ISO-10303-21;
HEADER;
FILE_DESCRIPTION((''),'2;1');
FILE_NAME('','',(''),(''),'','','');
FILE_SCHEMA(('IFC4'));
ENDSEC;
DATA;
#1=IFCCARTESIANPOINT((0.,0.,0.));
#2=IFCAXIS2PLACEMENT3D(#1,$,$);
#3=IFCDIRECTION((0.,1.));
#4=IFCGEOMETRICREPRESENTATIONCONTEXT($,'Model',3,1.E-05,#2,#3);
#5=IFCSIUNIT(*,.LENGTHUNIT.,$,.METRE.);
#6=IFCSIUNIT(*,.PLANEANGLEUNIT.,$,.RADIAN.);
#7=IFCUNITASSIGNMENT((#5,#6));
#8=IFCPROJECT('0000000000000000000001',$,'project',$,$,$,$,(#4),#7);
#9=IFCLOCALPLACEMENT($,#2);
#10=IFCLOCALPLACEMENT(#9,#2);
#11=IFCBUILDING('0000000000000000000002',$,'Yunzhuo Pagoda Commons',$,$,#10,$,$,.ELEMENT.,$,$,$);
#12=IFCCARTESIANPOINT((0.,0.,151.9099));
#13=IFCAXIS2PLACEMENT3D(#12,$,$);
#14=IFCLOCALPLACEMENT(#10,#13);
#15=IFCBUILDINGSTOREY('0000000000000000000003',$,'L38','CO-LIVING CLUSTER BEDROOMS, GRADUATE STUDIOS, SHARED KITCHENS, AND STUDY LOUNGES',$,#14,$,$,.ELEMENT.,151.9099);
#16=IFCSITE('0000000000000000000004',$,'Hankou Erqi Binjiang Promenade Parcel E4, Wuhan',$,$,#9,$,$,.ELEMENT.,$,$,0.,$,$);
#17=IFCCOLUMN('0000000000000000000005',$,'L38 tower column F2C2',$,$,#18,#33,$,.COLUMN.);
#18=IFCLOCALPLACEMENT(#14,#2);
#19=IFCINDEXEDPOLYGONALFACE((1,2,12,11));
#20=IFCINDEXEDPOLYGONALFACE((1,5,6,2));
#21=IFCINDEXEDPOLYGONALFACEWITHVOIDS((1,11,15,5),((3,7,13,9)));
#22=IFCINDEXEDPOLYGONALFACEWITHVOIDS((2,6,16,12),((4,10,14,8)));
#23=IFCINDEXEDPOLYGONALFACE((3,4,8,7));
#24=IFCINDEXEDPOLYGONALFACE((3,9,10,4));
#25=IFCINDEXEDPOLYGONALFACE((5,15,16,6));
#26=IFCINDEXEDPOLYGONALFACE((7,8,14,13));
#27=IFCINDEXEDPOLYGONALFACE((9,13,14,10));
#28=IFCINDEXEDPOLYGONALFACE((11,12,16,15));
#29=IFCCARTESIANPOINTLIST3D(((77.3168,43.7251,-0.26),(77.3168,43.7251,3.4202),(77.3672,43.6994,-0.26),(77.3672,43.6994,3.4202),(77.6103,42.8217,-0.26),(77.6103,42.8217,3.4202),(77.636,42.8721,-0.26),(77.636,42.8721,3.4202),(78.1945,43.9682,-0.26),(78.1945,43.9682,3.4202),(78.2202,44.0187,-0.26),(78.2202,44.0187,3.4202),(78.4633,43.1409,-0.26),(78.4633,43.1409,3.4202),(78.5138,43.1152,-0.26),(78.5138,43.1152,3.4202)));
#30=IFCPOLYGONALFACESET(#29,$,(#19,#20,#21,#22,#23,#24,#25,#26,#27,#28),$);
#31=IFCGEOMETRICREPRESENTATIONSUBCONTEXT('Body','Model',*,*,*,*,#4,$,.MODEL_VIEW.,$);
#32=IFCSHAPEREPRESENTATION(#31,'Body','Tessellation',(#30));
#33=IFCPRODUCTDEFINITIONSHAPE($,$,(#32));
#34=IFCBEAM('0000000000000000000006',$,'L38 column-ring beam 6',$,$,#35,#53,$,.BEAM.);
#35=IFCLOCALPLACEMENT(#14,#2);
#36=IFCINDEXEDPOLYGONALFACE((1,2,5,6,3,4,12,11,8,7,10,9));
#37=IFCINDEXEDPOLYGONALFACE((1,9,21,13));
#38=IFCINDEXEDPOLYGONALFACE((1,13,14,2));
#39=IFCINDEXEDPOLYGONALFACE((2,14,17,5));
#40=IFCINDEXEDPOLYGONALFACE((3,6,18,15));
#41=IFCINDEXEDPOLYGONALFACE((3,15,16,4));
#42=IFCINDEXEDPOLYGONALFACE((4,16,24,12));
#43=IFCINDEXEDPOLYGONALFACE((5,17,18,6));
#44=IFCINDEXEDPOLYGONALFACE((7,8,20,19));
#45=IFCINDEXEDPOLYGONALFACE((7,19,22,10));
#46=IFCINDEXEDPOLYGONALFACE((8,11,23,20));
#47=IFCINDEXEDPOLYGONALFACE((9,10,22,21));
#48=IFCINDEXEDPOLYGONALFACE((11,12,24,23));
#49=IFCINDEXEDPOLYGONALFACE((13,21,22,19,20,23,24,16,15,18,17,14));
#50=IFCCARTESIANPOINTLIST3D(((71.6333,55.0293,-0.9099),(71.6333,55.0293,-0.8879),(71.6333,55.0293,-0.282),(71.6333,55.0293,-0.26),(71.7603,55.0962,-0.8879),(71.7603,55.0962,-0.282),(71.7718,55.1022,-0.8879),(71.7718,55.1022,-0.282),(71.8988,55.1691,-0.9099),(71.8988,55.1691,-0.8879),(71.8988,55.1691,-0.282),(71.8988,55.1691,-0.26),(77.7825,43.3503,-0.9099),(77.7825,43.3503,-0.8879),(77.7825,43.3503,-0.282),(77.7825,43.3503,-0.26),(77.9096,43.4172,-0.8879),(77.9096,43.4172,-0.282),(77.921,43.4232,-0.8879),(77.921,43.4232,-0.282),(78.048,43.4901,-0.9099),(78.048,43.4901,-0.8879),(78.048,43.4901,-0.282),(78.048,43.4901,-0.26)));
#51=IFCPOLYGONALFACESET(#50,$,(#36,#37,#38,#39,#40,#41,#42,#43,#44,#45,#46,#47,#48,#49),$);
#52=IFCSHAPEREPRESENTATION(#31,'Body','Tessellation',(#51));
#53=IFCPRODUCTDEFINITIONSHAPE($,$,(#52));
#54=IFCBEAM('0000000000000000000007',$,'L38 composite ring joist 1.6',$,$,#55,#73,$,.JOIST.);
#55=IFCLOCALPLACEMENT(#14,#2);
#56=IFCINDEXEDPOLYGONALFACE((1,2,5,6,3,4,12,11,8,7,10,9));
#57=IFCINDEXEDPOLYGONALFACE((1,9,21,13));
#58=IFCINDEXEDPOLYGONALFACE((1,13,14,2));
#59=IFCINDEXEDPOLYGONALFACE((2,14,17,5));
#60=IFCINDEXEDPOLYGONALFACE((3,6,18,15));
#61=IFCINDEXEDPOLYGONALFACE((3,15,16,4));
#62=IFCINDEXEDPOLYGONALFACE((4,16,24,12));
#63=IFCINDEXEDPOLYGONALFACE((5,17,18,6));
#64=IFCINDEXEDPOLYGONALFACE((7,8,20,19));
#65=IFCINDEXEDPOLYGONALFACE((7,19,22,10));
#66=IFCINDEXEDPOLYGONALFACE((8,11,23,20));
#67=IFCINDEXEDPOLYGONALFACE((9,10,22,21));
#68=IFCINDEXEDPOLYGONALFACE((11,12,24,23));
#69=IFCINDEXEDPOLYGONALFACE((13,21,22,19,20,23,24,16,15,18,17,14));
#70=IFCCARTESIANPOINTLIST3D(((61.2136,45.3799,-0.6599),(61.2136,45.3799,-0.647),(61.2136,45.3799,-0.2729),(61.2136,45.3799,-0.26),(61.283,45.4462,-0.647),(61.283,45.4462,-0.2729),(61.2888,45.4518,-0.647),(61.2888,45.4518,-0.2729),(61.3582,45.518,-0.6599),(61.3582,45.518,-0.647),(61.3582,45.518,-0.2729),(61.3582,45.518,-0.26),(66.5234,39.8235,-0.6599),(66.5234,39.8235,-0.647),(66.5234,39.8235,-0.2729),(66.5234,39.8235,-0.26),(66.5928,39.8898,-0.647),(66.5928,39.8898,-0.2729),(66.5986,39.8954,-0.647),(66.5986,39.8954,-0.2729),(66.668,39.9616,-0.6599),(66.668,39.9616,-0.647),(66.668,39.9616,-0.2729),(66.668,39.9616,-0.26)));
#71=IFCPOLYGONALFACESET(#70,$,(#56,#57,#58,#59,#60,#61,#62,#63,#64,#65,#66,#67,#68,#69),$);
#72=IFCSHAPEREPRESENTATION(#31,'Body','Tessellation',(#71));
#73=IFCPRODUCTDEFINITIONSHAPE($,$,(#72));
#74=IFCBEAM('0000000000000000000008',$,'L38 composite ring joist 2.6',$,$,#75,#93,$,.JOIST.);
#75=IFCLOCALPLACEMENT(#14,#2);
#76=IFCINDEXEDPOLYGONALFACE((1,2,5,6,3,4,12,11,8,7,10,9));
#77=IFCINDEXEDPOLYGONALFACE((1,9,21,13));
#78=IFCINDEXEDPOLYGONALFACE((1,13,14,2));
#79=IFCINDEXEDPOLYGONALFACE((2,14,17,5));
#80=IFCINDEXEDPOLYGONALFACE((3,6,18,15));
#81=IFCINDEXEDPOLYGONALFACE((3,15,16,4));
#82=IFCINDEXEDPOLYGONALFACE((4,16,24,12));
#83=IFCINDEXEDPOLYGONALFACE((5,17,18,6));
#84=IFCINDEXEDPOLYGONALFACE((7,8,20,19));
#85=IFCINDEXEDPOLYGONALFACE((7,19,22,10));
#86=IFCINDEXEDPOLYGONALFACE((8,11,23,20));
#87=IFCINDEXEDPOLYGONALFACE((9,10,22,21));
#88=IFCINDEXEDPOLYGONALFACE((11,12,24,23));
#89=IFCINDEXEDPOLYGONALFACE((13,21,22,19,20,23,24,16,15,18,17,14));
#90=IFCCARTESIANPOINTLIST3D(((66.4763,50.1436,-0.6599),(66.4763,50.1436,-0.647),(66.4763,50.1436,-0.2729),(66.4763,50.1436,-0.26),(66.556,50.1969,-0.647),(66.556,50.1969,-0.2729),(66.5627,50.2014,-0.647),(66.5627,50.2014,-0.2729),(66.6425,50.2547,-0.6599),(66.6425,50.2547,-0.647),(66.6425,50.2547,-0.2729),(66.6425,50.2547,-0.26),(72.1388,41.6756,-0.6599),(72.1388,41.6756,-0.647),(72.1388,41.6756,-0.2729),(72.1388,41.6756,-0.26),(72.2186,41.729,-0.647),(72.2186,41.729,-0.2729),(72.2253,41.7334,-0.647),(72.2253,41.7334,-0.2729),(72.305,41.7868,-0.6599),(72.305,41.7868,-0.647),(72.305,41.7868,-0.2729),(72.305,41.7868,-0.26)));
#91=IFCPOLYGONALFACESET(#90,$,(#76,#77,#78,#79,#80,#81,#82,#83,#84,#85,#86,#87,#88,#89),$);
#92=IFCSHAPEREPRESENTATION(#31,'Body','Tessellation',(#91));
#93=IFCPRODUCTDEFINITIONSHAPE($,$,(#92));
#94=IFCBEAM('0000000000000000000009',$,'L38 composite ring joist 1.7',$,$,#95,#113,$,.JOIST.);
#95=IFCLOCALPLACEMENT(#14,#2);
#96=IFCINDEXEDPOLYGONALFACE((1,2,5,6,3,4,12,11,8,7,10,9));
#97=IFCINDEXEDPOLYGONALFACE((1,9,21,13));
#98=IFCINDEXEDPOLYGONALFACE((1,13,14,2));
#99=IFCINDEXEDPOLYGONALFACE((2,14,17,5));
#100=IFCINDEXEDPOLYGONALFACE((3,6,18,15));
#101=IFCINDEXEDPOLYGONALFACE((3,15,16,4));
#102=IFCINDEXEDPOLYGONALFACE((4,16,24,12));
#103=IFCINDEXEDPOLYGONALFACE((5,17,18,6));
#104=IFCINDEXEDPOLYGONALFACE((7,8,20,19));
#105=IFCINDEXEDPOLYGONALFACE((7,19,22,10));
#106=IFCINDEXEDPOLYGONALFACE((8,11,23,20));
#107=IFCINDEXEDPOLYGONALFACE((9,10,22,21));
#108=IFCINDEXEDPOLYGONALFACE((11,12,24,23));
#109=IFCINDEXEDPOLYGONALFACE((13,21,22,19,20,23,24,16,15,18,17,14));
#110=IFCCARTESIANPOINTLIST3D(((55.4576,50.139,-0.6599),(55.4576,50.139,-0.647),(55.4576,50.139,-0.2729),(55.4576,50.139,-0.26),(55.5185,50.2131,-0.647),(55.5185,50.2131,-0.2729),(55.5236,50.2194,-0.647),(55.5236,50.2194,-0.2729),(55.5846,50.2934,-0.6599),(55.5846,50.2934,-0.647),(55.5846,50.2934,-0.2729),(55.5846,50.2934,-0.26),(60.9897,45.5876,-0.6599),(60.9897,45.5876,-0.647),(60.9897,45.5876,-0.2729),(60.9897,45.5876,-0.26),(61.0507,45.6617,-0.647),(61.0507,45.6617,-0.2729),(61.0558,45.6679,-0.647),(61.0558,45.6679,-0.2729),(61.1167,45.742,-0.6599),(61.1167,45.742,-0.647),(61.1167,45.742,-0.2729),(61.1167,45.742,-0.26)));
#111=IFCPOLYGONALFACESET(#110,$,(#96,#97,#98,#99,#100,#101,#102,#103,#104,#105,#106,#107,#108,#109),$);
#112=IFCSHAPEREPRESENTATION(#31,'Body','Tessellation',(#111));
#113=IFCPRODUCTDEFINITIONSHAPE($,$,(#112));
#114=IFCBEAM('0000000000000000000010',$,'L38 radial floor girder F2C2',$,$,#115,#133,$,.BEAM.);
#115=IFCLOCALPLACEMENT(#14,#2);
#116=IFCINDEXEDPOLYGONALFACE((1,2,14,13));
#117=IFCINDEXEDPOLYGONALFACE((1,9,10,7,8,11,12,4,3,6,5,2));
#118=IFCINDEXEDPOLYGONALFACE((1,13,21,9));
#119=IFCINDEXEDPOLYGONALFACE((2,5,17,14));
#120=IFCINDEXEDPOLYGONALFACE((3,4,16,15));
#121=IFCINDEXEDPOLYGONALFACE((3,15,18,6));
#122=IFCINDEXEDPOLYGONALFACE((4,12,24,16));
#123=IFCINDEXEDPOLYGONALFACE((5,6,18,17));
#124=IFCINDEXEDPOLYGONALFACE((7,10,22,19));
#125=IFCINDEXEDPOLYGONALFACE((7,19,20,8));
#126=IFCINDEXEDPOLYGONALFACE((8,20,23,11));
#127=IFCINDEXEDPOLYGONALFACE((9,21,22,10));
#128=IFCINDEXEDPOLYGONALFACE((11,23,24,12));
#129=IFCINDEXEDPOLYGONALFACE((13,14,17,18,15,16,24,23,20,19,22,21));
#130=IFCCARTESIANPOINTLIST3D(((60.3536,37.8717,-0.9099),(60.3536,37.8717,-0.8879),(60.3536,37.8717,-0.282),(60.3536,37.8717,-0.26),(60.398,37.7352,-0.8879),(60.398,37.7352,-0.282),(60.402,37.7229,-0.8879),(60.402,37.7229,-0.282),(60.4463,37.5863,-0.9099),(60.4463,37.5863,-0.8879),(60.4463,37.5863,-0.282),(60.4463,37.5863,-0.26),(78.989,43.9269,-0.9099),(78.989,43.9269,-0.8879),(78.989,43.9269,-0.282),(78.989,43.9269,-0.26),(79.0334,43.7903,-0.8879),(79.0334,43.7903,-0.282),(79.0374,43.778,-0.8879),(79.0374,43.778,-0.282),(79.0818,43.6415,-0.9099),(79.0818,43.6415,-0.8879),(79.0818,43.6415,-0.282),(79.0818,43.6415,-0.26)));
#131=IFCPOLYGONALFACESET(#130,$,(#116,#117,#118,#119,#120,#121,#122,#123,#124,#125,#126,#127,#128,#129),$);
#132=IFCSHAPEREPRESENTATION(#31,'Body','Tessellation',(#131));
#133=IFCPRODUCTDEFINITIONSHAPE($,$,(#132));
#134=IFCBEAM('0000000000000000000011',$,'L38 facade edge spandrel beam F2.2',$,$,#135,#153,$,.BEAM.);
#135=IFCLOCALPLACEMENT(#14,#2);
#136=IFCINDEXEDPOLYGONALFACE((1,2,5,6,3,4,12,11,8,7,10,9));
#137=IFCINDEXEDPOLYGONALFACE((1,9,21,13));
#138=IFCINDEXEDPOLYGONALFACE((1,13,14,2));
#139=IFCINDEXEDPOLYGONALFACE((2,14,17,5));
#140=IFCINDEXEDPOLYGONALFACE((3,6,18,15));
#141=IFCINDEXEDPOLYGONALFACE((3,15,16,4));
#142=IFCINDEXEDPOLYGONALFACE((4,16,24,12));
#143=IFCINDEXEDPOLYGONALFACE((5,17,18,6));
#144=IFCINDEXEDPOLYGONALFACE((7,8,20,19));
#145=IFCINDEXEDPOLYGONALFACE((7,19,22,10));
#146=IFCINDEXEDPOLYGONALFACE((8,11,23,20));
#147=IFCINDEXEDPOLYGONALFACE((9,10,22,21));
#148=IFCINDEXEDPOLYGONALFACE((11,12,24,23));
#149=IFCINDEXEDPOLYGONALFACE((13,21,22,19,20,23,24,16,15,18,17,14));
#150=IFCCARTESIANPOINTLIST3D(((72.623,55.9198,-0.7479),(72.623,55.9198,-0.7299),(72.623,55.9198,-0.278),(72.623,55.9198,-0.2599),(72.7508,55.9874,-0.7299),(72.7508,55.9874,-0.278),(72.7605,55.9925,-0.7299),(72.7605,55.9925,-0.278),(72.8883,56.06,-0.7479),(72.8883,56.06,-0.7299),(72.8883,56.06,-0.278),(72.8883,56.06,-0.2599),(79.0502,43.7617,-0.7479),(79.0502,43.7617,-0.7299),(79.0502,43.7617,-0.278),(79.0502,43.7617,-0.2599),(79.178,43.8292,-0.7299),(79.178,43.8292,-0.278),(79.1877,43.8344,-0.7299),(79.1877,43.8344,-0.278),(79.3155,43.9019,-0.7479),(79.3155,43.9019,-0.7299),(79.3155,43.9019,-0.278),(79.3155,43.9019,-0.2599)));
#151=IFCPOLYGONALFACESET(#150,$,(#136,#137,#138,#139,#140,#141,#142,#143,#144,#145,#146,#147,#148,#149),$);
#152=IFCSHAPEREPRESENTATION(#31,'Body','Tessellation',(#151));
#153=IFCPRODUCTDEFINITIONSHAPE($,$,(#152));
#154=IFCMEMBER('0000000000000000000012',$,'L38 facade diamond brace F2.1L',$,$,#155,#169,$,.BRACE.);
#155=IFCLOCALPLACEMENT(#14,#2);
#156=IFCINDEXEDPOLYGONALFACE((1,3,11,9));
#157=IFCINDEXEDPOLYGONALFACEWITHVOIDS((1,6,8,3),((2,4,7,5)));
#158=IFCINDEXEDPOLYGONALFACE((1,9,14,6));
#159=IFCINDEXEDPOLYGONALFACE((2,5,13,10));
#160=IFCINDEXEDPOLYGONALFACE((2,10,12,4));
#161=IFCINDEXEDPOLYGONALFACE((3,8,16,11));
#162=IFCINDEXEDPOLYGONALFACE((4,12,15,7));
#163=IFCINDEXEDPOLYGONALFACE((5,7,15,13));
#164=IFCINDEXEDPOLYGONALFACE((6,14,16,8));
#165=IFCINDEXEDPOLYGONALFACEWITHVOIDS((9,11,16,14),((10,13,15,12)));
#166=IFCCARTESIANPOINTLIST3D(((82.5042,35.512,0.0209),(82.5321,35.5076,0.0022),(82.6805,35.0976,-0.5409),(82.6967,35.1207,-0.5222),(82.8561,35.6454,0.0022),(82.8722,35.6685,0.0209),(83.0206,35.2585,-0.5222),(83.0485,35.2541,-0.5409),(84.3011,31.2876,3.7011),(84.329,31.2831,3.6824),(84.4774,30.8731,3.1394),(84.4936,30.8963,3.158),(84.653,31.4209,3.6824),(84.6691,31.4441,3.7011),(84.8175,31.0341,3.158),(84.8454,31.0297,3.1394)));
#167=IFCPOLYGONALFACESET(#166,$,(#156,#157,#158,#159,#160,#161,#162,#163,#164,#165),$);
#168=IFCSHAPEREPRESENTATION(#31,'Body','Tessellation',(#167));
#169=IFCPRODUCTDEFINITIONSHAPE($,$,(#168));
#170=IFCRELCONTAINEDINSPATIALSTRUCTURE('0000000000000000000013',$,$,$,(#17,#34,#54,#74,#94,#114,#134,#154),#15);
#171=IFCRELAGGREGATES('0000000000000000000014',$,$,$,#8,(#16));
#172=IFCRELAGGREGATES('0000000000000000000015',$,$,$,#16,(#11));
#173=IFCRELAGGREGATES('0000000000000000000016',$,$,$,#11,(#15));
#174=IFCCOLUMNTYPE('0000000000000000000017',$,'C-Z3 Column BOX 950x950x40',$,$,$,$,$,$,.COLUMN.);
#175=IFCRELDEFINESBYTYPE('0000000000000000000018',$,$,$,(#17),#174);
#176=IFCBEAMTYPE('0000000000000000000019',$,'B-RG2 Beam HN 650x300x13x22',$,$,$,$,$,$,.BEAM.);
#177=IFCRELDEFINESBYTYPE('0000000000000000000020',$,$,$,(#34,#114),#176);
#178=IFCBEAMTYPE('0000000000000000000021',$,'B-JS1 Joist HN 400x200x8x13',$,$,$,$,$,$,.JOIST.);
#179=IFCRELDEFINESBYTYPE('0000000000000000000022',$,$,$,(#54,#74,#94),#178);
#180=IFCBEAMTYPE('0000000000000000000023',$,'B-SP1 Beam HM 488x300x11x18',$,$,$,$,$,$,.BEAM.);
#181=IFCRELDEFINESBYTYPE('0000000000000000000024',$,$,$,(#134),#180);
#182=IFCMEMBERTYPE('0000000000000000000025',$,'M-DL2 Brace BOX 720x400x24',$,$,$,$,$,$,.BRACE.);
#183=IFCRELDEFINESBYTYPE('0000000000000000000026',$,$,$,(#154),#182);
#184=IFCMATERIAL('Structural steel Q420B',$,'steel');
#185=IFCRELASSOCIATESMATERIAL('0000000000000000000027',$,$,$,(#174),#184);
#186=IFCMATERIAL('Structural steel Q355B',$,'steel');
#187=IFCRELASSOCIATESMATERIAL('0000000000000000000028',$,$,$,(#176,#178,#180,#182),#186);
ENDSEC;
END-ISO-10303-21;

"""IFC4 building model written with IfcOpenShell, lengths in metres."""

from ifc_helpers import new_model, si_unit, direction, frame, origin, origin_2d, place, context, subcontext, project, spatial, hollow_rectangle, i_section, extrude, source, transform, mapped, material, material_profile, profile_set, type_object, element, save


model = new_model("IFC4")

# Units and contexts
model_context = context("Model", 3, precision=1e-05, world=origin(), true_north=direction((0.0, 1.0)))
body_context = subcontext(model_context, "Body", "Model", "MODEL_VIEW")
ifc_project = project(units=[si_unit("LENGTHUNIT", "METRE"), si_unit("PLANEANGLEUNIT", "RADIAN")], contexts=[model_context])

# Site, building, storey
site_placement = place(None, origin())
site = spatial("IfcSite", under=ifc_project, at=site_placement, Name="Hankou Erqi Binjiang Promenade Parcel E4, Wuhan", CompositionType="ELEMENT", RefElevation=0.0)
building_placement = place(site_placement, origin())
building = spatial("IfcBuilding", under=site, at=building_placement, Name="Yunzhuo Pagoda Commons", CompositionType="ELEMENT")
storey_placement = place(building_placement, frame((0.0, 0.0, 151.9099)))
storey = spatial("IfcBuildingStorey", under=building, at=storey_placement, Name="L38", Description="CO-LIVING CLUSTER BEDROOMS, GRADUATE STUDIOS, SHARED KITCHENS, AND STUDY LOUNGES", CompositionType="ELEMENT", Elevation=151.9099)

# Column
ifc_material_1 = material(Name="Structural steel Q420B", Category="steel")
ifc_material_profile_1 = material_profile(ifc_material_1, hollow_rectangle(XDim=0.95, YDim=0.95, WallThickness=0.04, at=origin_2d()), Name="Structural steel Q420B")
ifc_profile_set_1 = profile_set([ifc_material_profile_1], Name="Structural steel Q420B")
column_type = type_object("IfcColumnType", Name="C-Z3 Column BOX 950x950x40", PredefinedType="COLUMN", material=ifc_profile_set_1)
shared_shape_1 = source(origin(), body_context, "Body", "SweptSolid", [
    extrude(hollow_rectangle(XDim=0.95, YDim=0.95, WallThickness=0.04, at=origin_2d()), origin(), (0.0, 0.0, 1.0), 3.6802),
])
column_placement = place(storey_placement, frame((77.9153, 43.4202, -0.26), z_axis=(0.0, 0.0, 1.0), x_axis=(-0.309017, 0.951057, 0.0)))
element("IfcColumn", 1, at=column_placement, inside=storey, type_object=column_type, Name="L38 tower column F2C2", PredefinedType="COLUMN", context=body_context, shape_type="MappedRepresentation", body=[
    mapped(shared_shape_1, transform((0.0, 0.0, 0.0), scale=1.0)),
])

# Beams
ifc_material_2 = material(Name="Structural steel Q355B", Category="steel")
ifc_material_profile_2 = material_profile(ifc_material_2, i_section(OverallWidth=0.3, OverallDepth=0.6499, WebThickness=0.0129, FlangeThickness=0.022, at=origin_2d()), Name="Structural steel Q355B")
ifc_profile_set_2 = profile_set([ifc_material_profile_2], Name="Structural steel Q355B")
beam_type_1 = type_object("IfcBeamType", Name="B-RG2 Beam HN 650x300x13x22", PredefinedType="BEAM", material=ifc_profile_set_2)
shared_shape_2 = source(origin(), body_context, "Body", "SweptSolid", [
    extrude(i_section(OverallWidth=0.3, OverallDepth=0.6499, WebThickness=0.0129, FlangeThickness=0.022, at=origin_2d()), origin(), (0.0, 0.0, 1.0), 13.199),
])
beam_1_placement = place(storey_placement, frame((77.9153, 43.4202, -0.585), z_axis=(-0.465886, 0.884845, 0.0), x_axis=(-0.884845, -0.465886, 0.0)))
element("IfcBeam", 2, at=beam_1_placement, inside=storey, type_object=beam_type_1, Name="L38 column-ring beam 6", PredefinedType="BEAM", context=body_context, shape_type="MappedRepresentation", body=[
    mapped(shared_shape_2, transform((0.0, 0.0, 0.0), scale=1.0)),
])
ifc_material_profile_3 = material_profile(ifc_material_2, i_section(OverallWidth=0.2, OverallDepth=0.3999, WebThickness=0.0081, FlangeThickness=0.0129, at=origin_2d()), Name="Structural steel Q355B")
ifc_profile_set_3 = profile_set([ifc_material_profile_3], Name="Structural steel Q355B")
beam_type_2 = type_object("IfcBeamType", Name="B-JS1 Joist HN 400x200x8x13", PredefinedType="JOIST", material=ifc_profile_set_3)
shared_shape_3 = source(origin(), body_context, "Body", "SweptSolid", [
    extrude(i_section(OverallWidth=0.2, OverallDepth=0.3999, WebThickness=0.0081, FlangeThickness=0.0129, at=origin_2d()), origin(), (0.0, 0.0, 1.0), 7.6855),
])
beam_2_placement = place(storey_placement, frame((66.5957, 39.8926, -0.46), z_axis=(-0.690883, 0.722967, 0.0), x_axis=(-0.722967, -0.690883, 0.0)))
element("IfcBeam", 3, at=beam_2_placement, inside=storey, type_object=beam_type_2, Name="L38 composite ring joist 1.6", PredefinedType="JOIST", context=body_context, shape_type="MappedRepresentation", body=[
    mapped(shared_shape_3, transform((0.0, 0.0, 0.0), scale=1.0)),
])
shared_shape_4 = source(origin(), body_context, "Body", "SweptSolid", [
    extrude(i_section(OverallWidth=0.2, OverallDepth=0.3999, WebThickness=0.0081, FlangeThickness=0.0129, at=origin_2d()), origin(), (0.0, 0.0, 1.0), 10.1868),
])
beam_3_placement = place(storey_placement, frame((72.2219, 41.7312, -0.46), z_axis=(-0.555872, 0.831268, 0.0), x_axis=(-0.831268, -0.555872, 0.0)))
element("IfcBeam", 4, at=beam_3_placement, inside=storey, type_object=beam_type_2, Name="L38 composite ring joist 2.6", PredefinedType="JOIST", context=body_context, shape_type="MappedRepresentation", body=[
    mapped(shared_shape_4, transform((0.0, 0.0, 0.0), scale=1.0)),
])
shared_shape_5 = source(origin(), body_context, "Body", "SweptSolid", [
    extrude(i_section(OverallWidth=0.2, OverallDepth=0.3999, WebThickness=0.0081, FlangeThickness=0.0129, at=origin_2d()), origin(), (0.0, 0.0, 1.0), 7.1638),
])
beam_4_placement = place(storey_placement, frame((61.0532, 45.6648, -0.46), z_axis=(-0.772234, 0.635338, 0.0), x_axis=(-0.635338, -0.772234, 0.0)))
element("IfcBeam", 5, at=beam_4_placement, inside=storey, type_object=beam_type_2, Name="L38 composite ring joist 1.7", PredefinedType="JOIST", context=body_context, shape_type="MappedRepresentation", body=[
    mapped(shared_shape_5, transform((0.0, 0.0, 0.0), scale=1.0)),
])
shared_shape_6 = source(origin(), body_context, "Body", "SweptSolid", [
    extrude(i_section(OverallWidth=0.3, OverallDepth=0.6499, WebThickness=0.0129, FlangeThickness=0.022, at=origin_2d()), origin(), (0.0, 0.0, 1.0), 19.5945),
])
beam_5_placement = place(storey_placement, frame((79.0354, 43.7842, -0.585), z_axis=(-0.951054, -0.309023, 0.0), x_axis=(0.309023, -0.951054, 0.0)))
element("IfcBeam", 6, at=beam_5_placement, inside=storey, type_object=beam_type_1, Name="L38 radial floor girder F2C2", PredefinedType="BEAM", context=body_context, shape_type="MappedRepresentation", body=[
    mapped(shared_shape_6, transform((0.0, 0.0, 0.0), scale=1.0)),
])
ifc_material_profile_4 = material_profile(ifc_material_2, i_section(OverallWidth=0.3, OverallDepth=0.488, WebThickness=0.011, FlangeThickness=0.0181, at=origin_2d()), Name="Structural steel Q355B")
ifc_profile_set_4 = profile_set([ifc_material_profile_4], Name="Structural steel Q355B")
beam_type_3 = type_object("IfcBeamType", Name="B-SP1 Beam HM 488x300x11x18", PredefinedType="BEAM", material=ifc_profile_set_4)
shared_shape_7 = source(origin(), body_context, "Body", "SweptSolid", [
    extrude(i_section(OverallWidth=0.3, OverallDepth=0.488, WebThickness=0.011, FlangeThickness=0.0181, at=origin_2d()), origin(), (0.0, 0.0, 1.0), 13.7524),
])
beam_6_placement = place(storey_placement, frame((79.1829, 43.8318, -0.5039), z_axis=(-0.467351, 0.884072, 0.0), x_axis=(-0.884072, -0.467351, 0.0)))
element("IfcBeam", 7, at=beam_6_placement, inside=storey, type_object=beam_type_3, Name="L38 facade edge spandrel beam F2.2", PredefinedType="BEAM", context=body_context, shape_type="MappedRepresentation", body=[
    mapped(shared_shape_7, transform((0.0, 0.0, 0.0), scale=1.0)),
])

# Member
ifc_material_profile_5 = material_profile(ifc_material_2, hollow_rectangle(XDim=0.3999, YDim=0.72, WallThickness=0.0239, at=origin_2d()), Name="Structural steel Q355B")
ifc_profile_set_5 = profile_set([ifc_material_profile_5], Name="Structural steel Q355B")
member_type_1 = type_object("IfcMemberType", Name="M-DL2 Brace BOX 720x400x24", PredefinedType="BRACE", material=ifc_profile_set_5)
shared_shape_8 = source(origin(), body_context, "Body", "SweptSolid", [
    extrude(hollow_rectangle(XDim=0.3999, YDim=0.72, WallThickness=0.0239, at=origin_2d()), origin(), (0.0, 0.0, 1.0), 5.8838),
])
for number, where, z_axis, x_axis, name in (
    (8, (82.7764, 35.3831, -0.26), (0.3054, -0.71798, 0.625489), (0.920212, 0.391421, 0.0), "L38 facade diamond brace F2.1L"),
):
    element("IfcMember", number, at=place(storey_placement, frame(where, z_axis=z_axis, x_axis=x_axis)), inside=storey, type_object=member_type_1, Name=name, PredefinedType="BRACE", context=body_context, shape_type="MappedRepresentation", body=[
        mapped(shared_shape_8, transform((0.0, 0.0, 0.0), scale=1.0)),
    ])

save(model, "model.ifc")
